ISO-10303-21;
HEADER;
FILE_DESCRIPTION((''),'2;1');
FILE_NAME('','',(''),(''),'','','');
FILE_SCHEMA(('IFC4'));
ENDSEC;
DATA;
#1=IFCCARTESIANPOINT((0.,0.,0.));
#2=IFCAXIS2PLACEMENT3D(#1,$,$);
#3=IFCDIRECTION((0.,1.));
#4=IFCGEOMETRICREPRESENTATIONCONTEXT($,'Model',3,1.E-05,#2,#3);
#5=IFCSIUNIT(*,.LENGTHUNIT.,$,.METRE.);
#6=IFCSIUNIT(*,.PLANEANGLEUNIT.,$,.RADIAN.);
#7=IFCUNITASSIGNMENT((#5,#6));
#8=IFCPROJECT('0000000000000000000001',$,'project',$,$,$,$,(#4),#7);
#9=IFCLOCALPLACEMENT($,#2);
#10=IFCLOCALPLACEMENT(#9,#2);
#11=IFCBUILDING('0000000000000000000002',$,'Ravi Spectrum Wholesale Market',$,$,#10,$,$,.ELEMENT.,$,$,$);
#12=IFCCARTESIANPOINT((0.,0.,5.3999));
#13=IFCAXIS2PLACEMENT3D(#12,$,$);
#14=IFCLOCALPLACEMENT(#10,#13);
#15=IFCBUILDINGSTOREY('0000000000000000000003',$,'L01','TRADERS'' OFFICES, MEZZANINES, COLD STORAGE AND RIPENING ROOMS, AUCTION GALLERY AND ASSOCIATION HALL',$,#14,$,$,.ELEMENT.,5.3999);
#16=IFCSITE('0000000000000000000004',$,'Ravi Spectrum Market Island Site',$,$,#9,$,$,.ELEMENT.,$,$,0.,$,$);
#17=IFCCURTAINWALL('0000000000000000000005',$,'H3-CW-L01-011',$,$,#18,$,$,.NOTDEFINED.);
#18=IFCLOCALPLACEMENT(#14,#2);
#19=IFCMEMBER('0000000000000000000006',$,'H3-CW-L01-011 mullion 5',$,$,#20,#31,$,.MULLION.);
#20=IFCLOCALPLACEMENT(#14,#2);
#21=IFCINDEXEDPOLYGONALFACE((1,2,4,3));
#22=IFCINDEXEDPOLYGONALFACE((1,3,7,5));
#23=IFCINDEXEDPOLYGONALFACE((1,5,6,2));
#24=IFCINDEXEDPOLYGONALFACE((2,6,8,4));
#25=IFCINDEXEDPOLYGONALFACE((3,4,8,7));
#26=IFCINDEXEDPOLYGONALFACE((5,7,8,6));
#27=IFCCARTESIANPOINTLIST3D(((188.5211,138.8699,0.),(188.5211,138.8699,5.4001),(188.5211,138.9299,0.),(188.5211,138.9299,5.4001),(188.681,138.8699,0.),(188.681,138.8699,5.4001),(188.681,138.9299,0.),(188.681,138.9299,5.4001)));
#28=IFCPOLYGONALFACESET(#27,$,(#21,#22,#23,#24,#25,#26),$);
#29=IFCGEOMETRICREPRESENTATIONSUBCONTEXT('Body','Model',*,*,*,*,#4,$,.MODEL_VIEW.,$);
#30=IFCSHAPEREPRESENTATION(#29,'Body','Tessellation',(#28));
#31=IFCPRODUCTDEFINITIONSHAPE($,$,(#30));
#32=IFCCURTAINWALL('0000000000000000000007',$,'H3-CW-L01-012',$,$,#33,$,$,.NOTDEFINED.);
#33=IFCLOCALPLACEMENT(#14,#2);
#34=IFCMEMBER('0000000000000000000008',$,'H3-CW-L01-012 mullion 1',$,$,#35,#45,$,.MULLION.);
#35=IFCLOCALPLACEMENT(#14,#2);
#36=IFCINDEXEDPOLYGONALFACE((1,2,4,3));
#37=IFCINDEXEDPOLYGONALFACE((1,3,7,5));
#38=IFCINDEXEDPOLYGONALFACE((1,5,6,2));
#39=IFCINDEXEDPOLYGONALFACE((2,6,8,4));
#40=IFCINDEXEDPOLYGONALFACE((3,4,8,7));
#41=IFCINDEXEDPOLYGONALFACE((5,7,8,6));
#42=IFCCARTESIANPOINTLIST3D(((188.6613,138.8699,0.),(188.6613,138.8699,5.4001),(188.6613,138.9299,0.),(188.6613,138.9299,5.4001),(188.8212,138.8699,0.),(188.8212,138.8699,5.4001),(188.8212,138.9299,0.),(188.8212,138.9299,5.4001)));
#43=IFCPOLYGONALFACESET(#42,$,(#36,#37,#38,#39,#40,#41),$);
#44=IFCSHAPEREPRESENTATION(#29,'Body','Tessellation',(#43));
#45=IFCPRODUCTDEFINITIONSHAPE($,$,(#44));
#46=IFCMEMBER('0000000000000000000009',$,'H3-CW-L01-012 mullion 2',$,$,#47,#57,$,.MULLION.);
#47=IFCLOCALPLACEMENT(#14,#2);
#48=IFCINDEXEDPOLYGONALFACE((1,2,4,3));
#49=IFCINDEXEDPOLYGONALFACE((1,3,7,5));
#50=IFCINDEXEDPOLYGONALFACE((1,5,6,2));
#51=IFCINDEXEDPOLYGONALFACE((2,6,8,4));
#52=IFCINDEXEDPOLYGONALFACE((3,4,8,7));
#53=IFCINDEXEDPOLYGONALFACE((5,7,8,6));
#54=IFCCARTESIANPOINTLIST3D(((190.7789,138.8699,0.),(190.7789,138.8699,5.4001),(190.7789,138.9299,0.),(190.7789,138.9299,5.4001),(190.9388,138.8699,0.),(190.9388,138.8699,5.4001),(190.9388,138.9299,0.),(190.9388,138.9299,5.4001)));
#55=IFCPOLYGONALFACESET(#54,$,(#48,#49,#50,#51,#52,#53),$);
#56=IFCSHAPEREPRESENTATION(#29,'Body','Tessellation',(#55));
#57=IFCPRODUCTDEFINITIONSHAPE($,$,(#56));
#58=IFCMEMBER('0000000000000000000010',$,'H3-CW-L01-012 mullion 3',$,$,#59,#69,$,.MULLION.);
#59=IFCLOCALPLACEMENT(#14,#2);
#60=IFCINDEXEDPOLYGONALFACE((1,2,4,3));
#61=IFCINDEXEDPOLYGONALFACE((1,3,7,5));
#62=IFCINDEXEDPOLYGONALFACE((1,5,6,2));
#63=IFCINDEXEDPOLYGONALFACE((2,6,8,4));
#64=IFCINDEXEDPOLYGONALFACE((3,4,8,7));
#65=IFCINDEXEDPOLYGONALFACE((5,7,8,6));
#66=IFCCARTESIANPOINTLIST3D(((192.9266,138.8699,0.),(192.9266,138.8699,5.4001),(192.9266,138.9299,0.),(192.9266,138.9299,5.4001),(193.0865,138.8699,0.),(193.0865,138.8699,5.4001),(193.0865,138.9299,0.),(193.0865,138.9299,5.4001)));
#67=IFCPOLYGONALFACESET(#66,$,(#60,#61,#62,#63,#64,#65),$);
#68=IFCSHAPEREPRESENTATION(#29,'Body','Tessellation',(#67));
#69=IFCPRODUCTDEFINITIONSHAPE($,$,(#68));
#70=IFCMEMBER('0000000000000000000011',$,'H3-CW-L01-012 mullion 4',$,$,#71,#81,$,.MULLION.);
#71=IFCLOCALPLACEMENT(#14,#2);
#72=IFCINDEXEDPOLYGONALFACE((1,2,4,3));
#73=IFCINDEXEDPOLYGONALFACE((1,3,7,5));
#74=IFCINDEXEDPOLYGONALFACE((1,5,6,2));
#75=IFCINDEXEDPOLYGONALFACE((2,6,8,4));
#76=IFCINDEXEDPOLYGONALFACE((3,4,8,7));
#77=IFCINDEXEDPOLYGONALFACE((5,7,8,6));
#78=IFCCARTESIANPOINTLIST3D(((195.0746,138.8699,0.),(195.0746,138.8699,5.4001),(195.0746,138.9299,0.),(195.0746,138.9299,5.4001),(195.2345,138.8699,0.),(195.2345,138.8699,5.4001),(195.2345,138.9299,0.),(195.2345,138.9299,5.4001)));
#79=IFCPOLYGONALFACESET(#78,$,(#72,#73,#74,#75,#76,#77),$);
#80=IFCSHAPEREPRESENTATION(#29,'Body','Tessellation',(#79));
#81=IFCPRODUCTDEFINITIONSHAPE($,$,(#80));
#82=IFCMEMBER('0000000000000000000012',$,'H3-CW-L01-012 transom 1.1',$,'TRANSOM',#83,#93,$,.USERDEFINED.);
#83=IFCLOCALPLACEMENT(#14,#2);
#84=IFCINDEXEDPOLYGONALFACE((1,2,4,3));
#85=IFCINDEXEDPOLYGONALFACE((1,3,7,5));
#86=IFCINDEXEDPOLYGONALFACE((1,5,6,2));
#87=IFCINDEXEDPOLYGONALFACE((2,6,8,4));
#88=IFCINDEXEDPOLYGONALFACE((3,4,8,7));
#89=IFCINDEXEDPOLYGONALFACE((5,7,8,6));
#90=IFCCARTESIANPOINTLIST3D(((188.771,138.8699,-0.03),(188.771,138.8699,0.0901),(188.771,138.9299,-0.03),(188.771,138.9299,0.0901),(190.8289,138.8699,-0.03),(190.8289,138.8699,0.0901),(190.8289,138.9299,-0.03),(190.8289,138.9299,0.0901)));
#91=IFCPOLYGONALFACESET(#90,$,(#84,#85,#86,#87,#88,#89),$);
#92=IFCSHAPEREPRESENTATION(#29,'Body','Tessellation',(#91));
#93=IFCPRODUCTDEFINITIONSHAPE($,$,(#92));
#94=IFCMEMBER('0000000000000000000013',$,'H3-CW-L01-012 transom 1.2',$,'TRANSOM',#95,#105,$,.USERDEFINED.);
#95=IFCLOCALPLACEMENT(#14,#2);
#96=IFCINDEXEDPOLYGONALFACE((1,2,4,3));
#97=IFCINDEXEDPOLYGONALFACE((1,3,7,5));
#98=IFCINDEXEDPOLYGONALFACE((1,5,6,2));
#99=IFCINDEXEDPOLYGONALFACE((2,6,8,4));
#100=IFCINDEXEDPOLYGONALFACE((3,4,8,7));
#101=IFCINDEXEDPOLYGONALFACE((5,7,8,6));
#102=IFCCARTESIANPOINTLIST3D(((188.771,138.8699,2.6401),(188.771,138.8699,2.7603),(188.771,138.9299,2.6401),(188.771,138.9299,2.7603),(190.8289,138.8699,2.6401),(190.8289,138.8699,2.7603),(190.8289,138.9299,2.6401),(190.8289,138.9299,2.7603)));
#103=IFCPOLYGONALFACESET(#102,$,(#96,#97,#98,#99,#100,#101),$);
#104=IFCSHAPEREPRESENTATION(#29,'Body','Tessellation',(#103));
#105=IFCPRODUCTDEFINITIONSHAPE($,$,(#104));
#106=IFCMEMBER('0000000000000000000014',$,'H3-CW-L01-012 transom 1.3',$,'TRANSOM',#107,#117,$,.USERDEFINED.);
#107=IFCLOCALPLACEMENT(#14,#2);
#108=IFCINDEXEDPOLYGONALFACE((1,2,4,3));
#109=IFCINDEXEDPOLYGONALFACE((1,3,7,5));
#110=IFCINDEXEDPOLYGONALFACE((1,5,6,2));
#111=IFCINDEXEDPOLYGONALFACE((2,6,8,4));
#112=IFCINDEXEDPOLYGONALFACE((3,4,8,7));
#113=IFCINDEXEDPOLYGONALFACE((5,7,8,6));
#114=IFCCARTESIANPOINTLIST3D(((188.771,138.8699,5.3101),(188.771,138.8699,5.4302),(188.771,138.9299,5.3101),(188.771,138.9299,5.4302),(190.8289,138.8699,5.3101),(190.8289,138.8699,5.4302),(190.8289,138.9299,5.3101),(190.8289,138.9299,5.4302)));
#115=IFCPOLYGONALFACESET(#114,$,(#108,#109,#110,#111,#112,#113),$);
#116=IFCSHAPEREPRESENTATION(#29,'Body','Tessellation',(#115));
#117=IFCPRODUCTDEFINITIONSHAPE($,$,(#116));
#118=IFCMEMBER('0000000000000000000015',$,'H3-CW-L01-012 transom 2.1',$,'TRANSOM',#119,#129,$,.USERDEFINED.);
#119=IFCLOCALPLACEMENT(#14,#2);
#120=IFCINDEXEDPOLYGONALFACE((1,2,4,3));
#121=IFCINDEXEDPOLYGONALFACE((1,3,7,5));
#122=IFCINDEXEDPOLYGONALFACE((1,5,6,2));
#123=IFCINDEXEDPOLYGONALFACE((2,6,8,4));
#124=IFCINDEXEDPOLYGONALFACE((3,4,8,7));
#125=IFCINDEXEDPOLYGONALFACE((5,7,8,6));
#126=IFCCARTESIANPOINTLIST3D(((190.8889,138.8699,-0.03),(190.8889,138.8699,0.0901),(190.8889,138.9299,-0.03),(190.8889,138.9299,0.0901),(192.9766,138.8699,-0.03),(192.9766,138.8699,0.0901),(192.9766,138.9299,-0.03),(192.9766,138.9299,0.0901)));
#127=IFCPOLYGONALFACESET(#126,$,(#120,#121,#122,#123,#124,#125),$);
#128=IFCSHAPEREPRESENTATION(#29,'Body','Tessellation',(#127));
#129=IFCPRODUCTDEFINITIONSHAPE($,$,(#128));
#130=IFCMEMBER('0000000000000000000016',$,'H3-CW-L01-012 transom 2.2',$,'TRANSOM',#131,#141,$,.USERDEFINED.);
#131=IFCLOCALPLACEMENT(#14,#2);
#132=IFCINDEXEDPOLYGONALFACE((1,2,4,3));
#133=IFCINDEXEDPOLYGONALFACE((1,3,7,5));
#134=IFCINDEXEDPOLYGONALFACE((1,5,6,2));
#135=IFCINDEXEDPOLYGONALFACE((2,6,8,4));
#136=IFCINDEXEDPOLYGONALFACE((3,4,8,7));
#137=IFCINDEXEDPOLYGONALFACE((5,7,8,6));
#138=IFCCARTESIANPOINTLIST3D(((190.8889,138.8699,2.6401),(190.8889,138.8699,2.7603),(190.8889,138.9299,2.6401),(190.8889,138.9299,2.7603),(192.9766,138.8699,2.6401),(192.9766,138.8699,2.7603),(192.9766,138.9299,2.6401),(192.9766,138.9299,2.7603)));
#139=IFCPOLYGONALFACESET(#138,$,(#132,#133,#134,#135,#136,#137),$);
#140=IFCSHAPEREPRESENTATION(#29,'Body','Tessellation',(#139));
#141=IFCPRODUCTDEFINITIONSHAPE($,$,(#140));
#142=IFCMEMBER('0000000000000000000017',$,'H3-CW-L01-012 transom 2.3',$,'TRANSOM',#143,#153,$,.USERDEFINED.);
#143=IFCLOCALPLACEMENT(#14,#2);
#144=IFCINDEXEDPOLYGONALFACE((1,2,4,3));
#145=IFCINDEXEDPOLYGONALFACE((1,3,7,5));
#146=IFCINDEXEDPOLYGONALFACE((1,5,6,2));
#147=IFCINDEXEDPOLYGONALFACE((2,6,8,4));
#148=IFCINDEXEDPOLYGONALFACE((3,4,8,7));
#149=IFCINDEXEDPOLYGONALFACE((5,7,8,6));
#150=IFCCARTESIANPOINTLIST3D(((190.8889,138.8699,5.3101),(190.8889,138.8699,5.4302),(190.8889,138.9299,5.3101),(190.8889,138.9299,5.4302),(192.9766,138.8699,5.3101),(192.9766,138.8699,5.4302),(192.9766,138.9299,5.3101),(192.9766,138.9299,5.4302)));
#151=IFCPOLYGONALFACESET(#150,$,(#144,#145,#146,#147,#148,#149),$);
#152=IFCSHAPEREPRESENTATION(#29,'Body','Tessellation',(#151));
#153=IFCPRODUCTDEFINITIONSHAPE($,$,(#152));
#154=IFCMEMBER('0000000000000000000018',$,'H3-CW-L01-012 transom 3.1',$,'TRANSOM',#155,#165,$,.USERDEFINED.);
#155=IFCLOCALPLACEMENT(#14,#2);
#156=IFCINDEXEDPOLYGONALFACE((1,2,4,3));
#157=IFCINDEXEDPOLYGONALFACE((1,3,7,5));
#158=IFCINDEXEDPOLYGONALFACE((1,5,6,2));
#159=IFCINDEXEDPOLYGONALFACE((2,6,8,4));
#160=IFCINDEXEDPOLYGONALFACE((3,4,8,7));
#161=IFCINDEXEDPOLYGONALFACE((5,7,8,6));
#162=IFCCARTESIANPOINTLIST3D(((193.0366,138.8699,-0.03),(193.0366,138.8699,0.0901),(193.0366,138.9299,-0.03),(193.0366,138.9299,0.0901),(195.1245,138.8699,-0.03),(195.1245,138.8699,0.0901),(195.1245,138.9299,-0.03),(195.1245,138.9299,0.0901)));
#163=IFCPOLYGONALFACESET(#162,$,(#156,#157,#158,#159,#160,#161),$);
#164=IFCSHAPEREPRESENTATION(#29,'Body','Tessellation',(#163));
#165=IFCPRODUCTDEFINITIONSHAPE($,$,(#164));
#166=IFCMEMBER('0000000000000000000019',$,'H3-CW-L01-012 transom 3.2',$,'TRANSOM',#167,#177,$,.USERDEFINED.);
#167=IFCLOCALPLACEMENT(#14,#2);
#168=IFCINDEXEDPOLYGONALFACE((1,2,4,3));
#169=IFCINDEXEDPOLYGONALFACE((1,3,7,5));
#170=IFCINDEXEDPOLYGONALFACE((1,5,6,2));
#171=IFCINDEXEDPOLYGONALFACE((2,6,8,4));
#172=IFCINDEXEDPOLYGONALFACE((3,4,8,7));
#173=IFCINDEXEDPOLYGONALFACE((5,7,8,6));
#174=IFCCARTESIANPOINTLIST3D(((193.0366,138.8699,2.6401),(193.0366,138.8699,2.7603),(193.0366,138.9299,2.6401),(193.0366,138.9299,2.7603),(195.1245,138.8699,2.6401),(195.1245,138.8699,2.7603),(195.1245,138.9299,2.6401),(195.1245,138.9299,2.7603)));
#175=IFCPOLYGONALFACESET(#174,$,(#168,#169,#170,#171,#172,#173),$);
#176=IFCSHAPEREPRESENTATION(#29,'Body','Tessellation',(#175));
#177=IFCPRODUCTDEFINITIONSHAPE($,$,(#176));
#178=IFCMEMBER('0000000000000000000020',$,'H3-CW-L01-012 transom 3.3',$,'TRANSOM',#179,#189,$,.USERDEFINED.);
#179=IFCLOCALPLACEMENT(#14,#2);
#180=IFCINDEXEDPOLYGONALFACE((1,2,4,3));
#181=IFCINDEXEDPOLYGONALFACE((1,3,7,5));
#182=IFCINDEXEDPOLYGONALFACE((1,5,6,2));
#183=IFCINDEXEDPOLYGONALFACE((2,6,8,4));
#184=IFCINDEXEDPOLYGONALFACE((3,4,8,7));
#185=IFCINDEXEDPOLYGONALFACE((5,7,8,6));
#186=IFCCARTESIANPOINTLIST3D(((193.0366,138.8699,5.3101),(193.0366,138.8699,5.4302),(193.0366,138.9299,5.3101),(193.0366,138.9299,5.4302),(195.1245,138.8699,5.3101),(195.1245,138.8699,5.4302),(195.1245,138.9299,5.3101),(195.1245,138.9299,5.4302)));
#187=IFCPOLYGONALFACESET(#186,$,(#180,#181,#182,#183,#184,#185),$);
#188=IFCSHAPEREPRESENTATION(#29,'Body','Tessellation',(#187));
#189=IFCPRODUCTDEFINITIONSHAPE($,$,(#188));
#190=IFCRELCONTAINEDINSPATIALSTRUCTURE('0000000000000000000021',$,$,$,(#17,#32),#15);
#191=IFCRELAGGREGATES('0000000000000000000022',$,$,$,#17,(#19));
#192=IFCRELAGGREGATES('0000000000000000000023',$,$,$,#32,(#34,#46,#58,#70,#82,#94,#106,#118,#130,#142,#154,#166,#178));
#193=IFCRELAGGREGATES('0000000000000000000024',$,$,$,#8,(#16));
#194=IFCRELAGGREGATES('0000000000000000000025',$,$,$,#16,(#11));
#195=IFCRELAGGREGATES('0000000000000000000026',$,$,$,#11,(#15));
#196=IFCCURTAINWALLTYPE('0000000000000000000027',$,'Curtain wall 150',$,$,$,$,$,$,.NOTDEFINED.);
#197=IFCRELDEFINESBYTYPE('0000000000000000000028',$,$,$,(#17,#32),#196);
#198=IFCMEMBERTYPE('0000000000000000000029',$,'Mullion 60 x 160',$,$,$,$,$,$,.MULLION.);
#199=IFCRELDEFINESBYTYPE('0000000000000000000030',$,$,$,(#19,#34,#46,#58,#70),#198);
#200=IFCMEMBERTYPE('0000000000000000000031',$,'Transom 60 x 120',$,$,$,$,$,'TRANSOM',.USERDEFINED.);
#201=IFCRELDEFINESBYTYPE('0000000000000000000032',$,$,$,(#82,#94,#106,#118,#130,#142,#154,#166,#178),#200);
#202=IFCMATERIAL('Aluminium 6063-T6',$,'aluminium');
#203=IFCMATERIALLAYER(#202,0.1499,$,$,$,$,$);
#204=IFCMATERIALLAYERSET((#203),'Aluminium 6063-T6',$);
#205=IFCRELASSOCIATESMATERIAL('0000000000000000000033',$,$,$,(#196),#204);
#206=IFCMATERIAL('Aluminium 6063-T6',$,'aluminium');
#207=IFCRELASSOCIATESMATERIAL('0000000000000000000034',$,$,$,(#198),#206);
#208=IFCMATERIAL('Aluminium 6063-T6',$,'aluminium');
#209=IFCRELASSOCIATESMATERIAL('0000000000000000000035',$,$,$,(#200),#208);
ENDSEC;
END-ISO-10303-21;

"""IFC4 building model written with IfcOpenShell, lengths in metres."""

from ifc_helpers import new_model, si_unit, direction, frame, origin, origin_2d, place, context, subcontext, project, spatial, rectangle, extrude, material, layer, layer_set, material_profile, profile_set, type_object, element, aggregate, save


model = new_model("IFC4")

# Units and contexts
model_context = context("Model", 3, precision=1e-05, world=origin(), true_north=direction((0.0, 1.0)))
body_context = subcontext(model_context, "Body", "Model", "MODEL_VIEW")
ifc_project = project(units=[si_unit("LENGTHUNIT", "METRE"), si_unit("PLANEANGLEUNIT", "RADIAN")], contexts=[model_context])

# Site, building, storey
site_placement = place(None, origin())
site = spatial("IfcSite", under=ifc_project, at=site_placement, Name="Ravi Spectrum Market Island Site", CompositionType="ELEMENT", RefElevation=0.0)
building_placement = place(site_placement, origin())
building = spatial("IfcBuilding", under=site, at=building_placement, Name="Ravi Spectrum Wholesale Market", CompositionType="ELEMENT")
storey_placement = place(building_placement, frame((0.0, 0.0, 5.3999)))
storey = spatial("IfcBuildingStorey", under=building, at=storey_placement, Name="L01", Description="TRADERS' OFFICES, MEZZANINES, COLD STORAGE AND RIPENING ROOMS, AUCTION GALLERY AND ASSOCIATION HALL", CompositionType="ELEMENT", Elevation=5.3999)

# Curtain wall, member
ifc_material_1 = material(Name="Aluminium 6063-T6", Category="aluminium")
ifc_layer_1 = layer(ifc_material_1, 0.1499)
ifc_layer_set_1 = layer_set([ifc_layer_1], Name="Aluminium 6063-T6")
curtain_wall_type = type_object("IfcCurtainWallType", Name="Curtain wall 150", PredefinedType="NOTDEFINED", material=ifc_layer_set_1)
curtain_wall_1_placement = place(storey_placement, origin())
curtain_wall_1 = element("IfcCurtainWall", 1, at=curtain_wall_1_placement, inside=storey, type_object=curtain_wall_type, Name="H3-CW-L01-011", PredefinedType="NOTDEFINED")
ifc_material_2 = material(Name="Aluminium 6063-T6", Category="aluminium")
ifc_material_profile_1 = material_profile(ifc_material_2, rectangle(XDim=0.0601, YDim=0.1599, at=origin_2d()))
ifc_profile_set_1 = profile_set([ifc_material_profile_1], Name="Aluminium 6063-T6")
member_type_1 = type_object("IfcMemberType", Name="Mullion 60 x 160", PredefinedType="MULLION", material=ifc_profile_set_1)
member_1_placement = place(storey_placement, frame((188.6011, 138.8999, 0.0), z_axis=(0.0, 0.0, 1.0), x_axis=(0.0, 1.0, 0.0)))
member_1 = element("IfcMember", 2, at=member_1_placement, type_object=member_type_1, Name="H3-CW-L01-011 mullion 5", PredefinedType="MULLION", context=body_context, shape_type="SweptSolid", body=[
    extrude(rectangle(XDim=0.0601, YDim=0.1599, at=origin_2d()), origin(), (0.0, 0.0, 1.0), 5.4001),
])

# Curtain wall, members
curtain_wall_2_placement = place(storey_placement, origin())
curtain_wall_2 = element("IfcCurtainWall", 3, at=curtain_wall_2_placement, inside=storey, type_object=curtain_wall_type, Name="H3-CW-L01-012", PredefinedType="NOTDEFINED")
member_2_placement = place(storey_placement, frame((188.7412, 138.8999, 0.0), z_axis=(0.0, 0.0, 1.0), x_axis=(0.0, 1.0, 0.0)))
member_2 = element("IfcMember", 4, at=member_2_placement, type_object=member_type_1, Name="H3-CW-L01-012 mullion 1", PredefinedType="MULLION", context=body_context, shape_type="SweptSolid", body=[
    extrude(rectangle(XDim=0.0601, YDim=0.1599, at=origin_2d()), origin(), (0.0, 0.0, 1.0), 5.4001),
])
member_3_placement = place(storey_placement, frame((190.8589, 138.8999, 0.0), z_axis=(0.0, 0.0, 1.0), x_axis=(0.0, 1.0, 0.0)))
member_3 = element("IfcMember", 5, at=member_3_placement, type_object=member_type_1, Name="H3-CW-L01-012 mullion 2", PredefinedType="MULLION", context=body_context, shape_type="SweptSolid", body=[
    extrude(rectangle(XDim=0.0601, YDim=0.1599, at=origin_2d()), origin(), (0.0, 0.0, 1.0), 5.4001),
])
member_4_placement = place(storey_placement, frame((193.0066, 138.8999, 0.0), z_axis=(0.0, 0.0, 1.0), x_axis=(0.0, 1.0, 0.0)))
member_4 = element("IfcMember", 6, at=member_4_placement, type_object=member_type_1, Name="H3-CW-L01-012 mullion 3", PredefinedType="MULLION", context=body_context, shape_type="SweptSolid", body=[
    extrude(rectangle(XDim=0.0601, YDim=0.1599, at=origin_2d()), origin(), (0.0, 0.0, 1.0), 5.4001),
])
member_5_placement = place(storey_placement, frame((195.1545, 138.8999, 0.0), z_axis=(0.0, 0.0, 1.0), x_axis=(0.0, 1.0, 0.0)))
member_5 = element("IfcMember", 7, at=member_5_placement, type_object=member_type_1, Name="H3-CW-L01-012 mullion 4", PredefinedType="MULLION", context=body_context, shape_type="SweptSolid", body=[
    extrude(rectangle(XDim=0.0601, YDim=0.1599, at=origin_2d()), origin(), (0.0, 0.0, 1.0), 5.4001),
])
ifc_material_3 = material(Name="Aluminium 6063-T6", Category="aluminium")
ifc_material_profile_2 = material_profile(ifc_material_3, rectangle(XDim=0.0601, YDim=0.1201, at=origin_2d()))
ifc_profile_set_2 = profile_set([ifc_material_profile_2], Name="Aluminium 6063-T6")
member_type_2 = type_object("IfcMemberType", Name="Transom 60 x 120", ElementType="TRANSOM", PredefinedType="USERDEFINED", material=ifc_profile_set_2)
member_6_placement = place(storey_placement, frame((188.771, 138.8999, 0.03), z_axis=(1.0, 0.0, 0.0), x_axis=(0.0, 1.0, 0.0)))
member_6 = element("IfcMember", 8, at=member_6_placement, type_object=member_type_2, Name="H3-CW-L01-012 transom 1.1", ObjectType="TRANSOM", PredefinedType="USERDEFINED", context=body_context, shape_type="SweptSolid", body=[
    extrude(rectangle(XDim=0.0601, YDim=0.1201, at=origin_2d()), origin(), (0.0, 0.0, 1.0), 2.0579),
])
member_7_placement = place(storey_placement, frame((188.771, 138.8999, 2.7002), z_axis=(1.0, 0.0, 0.0), x_axis=(0.0, 1.0, 0.0)))
member_7 = element("IfcMember", 9, at=member_7_placement, type_object=member_type_2, Name="H3-CW-L01-012 transom 1.2", ObjectType="TRANSOM", PredefinedType="USERDEFINED", context=body_context, shape_type="SweptSolid", body=[
    extrude(rectangle(XDim=0.0601, YDim=0.1201, at=origin_2d()), origin(), (0.0, 0.0, 1.0), 2.0579),
])
member_8_placement = place(storey_placement, frame((188.771, 138.8999, 5.3701), z_axis=(1.0, 0.0, 0.0), x_axis=(0.0, 1.0, 0.0)))
member_8 = element("IfcMember", 10, at=member_8_placement, type_object=member_type_2, Name="H3-CW-L01-012 transom 1.3", ObjectType="TRANSOM", PredefinedType="USERDEFINED", context=body_context, shape_type="SweptSolid", body=[
    extrude(rectangle(XDim=0.0601, YDim=0.1201, at=origin_2d()), origin(), (0.0, 0.0, 1.0), 2.0579),
])
member_9_placement = place(storey_placement, frame((190.8889, 138.8999, 0.03), z_axis=(1.0, 0.0, 0.0), x_axis=(0.0, 1.0, 0.0)))
member_9 = element("IfcMember", 11, at=member_9_placement, type_object=member_type_2, Name="H3-CW-L01-012 transom 2.1", ObjectType="TRANSOM", PredefinedType="USERDEFINED", context=body_context, shape_type="SweptSolid", body=[
    extrude(rectangle(XDim=0.0601, YDim=0.1201, at=origin_2d()), origin(), (0.0, 0.0, 1.0), 2.0876),
])
member_10_placement = place(storey_placement, frame((190.8889, 138.8999, 2.7002), z_axis=(1.0, 0.0, 0.0), x_axis=(0.0, 1.0, 0.0)))
member_10 = element("IfcMember", 12, at=member_10_placement, type_object=member_type_2, Name="H3-CW-L01-012 transom 2.2", ObjectType="TRANSOM", PredefinedType="USERDEFINED", context=body_context, shape_type="SweptSolid", body=[
    extrude(rectangle(XDim=0.0601, YDim=0.1201, at=origin_2d()), origin(), (0.0, 0.0, 1.0), 2.0876),
])
member_11_placement = place(storey_placement, frame((190.8889, 138.8999, 5.3701), z_axis=(1.0, 0.0, 0.0), x_axis=(0.0, 1.0, 0.0)))
member_11 = element("IfcMember", 13, at=member_11_placement, type_object=member_type_2, Name="H3-CW-L01-012 transom 2.3", ObjectType="TRANSOM", PredefinedType="USERDEFINED", context=body_context, shape_type="SweptSolid", body=[
    extrude(rectangle(XDim=0.0601, YDim=0.1201, at=origin_2d()), origin(), (0.0, 0.0, 1.0), 2.0876),
])
member_12_placement = place(storey_placement, frame((193.0366, 138.8999, 0.03), z_axis=(1.0, 0.0, 0.0), x_axis=(0.0, 1.0, 0.0)))
member_12 = element("IfcMember", 14, at=member_12_placement, type_object=member_type_2, Name="H3-CW-L01-012 transom 3.1", ObjectType="TRANSOM", PredefinedType="USERDEFINED", context=body_context, shape_type="SweptSolid", body=[
    extrude(rectangle(XDim=0.0601, YDim=0.1201, at=origin_2d()), origin(), (0.0, 0.0, 1.0), 2.0879),
])
member_13_placement = place(storey_placement, frame((193.0366, 138.8999, 2.7002), z_axis=(1.0, 0.0, 0.0), x_axis=(0.0, 1.0, 0.0)))
member_13 = element("IfcMember", 15, at=member_13_placement, type_object=member_type_2, Name="H3-CW-L01-012 transom 3.2", ObjectType="TRANSOM", PredefinedType="USERDEFINED", context=body_context, shape_type="SweptSolid", body=[
    extrude(rectangle(XDim=0.0601, YDim=0.1201, at=origin_2d()), origin(), (0.0, 0.0, 1.0), 2.0879),
])
member_14_placement = place(storey_placement, frame((193.0366, 138.8999, 5.3701), z_axis=(1.0, 0.0, 0.0), x_axis=(0.0, 1.0, 0.0)))
member_14 = element("IfcMember", 16, at=member_14_placement, type_object=member_type_2, Name="H3-CW-L01-012 transom 3.3", ObjectType="TRANSOM", PredefinedType="USERDEFINED", context=body_context, shape_type="SweptSolid", body=[
    extrude(rectangle(XDim=0.0601, YDim=0.1201, at=origin_2d()), origin(), (0.0, 0.0, 1.0), 2.0879),
])

aggregate(curtain_wall_1, [member_1])
aggregate(curtain_wall_2, [member_2, member_3, member_4, member_5, member_6, member_7, member_8, member_9, member_10, member_11, member_12, member_13, member_14])

save(model, "model.ifc")
